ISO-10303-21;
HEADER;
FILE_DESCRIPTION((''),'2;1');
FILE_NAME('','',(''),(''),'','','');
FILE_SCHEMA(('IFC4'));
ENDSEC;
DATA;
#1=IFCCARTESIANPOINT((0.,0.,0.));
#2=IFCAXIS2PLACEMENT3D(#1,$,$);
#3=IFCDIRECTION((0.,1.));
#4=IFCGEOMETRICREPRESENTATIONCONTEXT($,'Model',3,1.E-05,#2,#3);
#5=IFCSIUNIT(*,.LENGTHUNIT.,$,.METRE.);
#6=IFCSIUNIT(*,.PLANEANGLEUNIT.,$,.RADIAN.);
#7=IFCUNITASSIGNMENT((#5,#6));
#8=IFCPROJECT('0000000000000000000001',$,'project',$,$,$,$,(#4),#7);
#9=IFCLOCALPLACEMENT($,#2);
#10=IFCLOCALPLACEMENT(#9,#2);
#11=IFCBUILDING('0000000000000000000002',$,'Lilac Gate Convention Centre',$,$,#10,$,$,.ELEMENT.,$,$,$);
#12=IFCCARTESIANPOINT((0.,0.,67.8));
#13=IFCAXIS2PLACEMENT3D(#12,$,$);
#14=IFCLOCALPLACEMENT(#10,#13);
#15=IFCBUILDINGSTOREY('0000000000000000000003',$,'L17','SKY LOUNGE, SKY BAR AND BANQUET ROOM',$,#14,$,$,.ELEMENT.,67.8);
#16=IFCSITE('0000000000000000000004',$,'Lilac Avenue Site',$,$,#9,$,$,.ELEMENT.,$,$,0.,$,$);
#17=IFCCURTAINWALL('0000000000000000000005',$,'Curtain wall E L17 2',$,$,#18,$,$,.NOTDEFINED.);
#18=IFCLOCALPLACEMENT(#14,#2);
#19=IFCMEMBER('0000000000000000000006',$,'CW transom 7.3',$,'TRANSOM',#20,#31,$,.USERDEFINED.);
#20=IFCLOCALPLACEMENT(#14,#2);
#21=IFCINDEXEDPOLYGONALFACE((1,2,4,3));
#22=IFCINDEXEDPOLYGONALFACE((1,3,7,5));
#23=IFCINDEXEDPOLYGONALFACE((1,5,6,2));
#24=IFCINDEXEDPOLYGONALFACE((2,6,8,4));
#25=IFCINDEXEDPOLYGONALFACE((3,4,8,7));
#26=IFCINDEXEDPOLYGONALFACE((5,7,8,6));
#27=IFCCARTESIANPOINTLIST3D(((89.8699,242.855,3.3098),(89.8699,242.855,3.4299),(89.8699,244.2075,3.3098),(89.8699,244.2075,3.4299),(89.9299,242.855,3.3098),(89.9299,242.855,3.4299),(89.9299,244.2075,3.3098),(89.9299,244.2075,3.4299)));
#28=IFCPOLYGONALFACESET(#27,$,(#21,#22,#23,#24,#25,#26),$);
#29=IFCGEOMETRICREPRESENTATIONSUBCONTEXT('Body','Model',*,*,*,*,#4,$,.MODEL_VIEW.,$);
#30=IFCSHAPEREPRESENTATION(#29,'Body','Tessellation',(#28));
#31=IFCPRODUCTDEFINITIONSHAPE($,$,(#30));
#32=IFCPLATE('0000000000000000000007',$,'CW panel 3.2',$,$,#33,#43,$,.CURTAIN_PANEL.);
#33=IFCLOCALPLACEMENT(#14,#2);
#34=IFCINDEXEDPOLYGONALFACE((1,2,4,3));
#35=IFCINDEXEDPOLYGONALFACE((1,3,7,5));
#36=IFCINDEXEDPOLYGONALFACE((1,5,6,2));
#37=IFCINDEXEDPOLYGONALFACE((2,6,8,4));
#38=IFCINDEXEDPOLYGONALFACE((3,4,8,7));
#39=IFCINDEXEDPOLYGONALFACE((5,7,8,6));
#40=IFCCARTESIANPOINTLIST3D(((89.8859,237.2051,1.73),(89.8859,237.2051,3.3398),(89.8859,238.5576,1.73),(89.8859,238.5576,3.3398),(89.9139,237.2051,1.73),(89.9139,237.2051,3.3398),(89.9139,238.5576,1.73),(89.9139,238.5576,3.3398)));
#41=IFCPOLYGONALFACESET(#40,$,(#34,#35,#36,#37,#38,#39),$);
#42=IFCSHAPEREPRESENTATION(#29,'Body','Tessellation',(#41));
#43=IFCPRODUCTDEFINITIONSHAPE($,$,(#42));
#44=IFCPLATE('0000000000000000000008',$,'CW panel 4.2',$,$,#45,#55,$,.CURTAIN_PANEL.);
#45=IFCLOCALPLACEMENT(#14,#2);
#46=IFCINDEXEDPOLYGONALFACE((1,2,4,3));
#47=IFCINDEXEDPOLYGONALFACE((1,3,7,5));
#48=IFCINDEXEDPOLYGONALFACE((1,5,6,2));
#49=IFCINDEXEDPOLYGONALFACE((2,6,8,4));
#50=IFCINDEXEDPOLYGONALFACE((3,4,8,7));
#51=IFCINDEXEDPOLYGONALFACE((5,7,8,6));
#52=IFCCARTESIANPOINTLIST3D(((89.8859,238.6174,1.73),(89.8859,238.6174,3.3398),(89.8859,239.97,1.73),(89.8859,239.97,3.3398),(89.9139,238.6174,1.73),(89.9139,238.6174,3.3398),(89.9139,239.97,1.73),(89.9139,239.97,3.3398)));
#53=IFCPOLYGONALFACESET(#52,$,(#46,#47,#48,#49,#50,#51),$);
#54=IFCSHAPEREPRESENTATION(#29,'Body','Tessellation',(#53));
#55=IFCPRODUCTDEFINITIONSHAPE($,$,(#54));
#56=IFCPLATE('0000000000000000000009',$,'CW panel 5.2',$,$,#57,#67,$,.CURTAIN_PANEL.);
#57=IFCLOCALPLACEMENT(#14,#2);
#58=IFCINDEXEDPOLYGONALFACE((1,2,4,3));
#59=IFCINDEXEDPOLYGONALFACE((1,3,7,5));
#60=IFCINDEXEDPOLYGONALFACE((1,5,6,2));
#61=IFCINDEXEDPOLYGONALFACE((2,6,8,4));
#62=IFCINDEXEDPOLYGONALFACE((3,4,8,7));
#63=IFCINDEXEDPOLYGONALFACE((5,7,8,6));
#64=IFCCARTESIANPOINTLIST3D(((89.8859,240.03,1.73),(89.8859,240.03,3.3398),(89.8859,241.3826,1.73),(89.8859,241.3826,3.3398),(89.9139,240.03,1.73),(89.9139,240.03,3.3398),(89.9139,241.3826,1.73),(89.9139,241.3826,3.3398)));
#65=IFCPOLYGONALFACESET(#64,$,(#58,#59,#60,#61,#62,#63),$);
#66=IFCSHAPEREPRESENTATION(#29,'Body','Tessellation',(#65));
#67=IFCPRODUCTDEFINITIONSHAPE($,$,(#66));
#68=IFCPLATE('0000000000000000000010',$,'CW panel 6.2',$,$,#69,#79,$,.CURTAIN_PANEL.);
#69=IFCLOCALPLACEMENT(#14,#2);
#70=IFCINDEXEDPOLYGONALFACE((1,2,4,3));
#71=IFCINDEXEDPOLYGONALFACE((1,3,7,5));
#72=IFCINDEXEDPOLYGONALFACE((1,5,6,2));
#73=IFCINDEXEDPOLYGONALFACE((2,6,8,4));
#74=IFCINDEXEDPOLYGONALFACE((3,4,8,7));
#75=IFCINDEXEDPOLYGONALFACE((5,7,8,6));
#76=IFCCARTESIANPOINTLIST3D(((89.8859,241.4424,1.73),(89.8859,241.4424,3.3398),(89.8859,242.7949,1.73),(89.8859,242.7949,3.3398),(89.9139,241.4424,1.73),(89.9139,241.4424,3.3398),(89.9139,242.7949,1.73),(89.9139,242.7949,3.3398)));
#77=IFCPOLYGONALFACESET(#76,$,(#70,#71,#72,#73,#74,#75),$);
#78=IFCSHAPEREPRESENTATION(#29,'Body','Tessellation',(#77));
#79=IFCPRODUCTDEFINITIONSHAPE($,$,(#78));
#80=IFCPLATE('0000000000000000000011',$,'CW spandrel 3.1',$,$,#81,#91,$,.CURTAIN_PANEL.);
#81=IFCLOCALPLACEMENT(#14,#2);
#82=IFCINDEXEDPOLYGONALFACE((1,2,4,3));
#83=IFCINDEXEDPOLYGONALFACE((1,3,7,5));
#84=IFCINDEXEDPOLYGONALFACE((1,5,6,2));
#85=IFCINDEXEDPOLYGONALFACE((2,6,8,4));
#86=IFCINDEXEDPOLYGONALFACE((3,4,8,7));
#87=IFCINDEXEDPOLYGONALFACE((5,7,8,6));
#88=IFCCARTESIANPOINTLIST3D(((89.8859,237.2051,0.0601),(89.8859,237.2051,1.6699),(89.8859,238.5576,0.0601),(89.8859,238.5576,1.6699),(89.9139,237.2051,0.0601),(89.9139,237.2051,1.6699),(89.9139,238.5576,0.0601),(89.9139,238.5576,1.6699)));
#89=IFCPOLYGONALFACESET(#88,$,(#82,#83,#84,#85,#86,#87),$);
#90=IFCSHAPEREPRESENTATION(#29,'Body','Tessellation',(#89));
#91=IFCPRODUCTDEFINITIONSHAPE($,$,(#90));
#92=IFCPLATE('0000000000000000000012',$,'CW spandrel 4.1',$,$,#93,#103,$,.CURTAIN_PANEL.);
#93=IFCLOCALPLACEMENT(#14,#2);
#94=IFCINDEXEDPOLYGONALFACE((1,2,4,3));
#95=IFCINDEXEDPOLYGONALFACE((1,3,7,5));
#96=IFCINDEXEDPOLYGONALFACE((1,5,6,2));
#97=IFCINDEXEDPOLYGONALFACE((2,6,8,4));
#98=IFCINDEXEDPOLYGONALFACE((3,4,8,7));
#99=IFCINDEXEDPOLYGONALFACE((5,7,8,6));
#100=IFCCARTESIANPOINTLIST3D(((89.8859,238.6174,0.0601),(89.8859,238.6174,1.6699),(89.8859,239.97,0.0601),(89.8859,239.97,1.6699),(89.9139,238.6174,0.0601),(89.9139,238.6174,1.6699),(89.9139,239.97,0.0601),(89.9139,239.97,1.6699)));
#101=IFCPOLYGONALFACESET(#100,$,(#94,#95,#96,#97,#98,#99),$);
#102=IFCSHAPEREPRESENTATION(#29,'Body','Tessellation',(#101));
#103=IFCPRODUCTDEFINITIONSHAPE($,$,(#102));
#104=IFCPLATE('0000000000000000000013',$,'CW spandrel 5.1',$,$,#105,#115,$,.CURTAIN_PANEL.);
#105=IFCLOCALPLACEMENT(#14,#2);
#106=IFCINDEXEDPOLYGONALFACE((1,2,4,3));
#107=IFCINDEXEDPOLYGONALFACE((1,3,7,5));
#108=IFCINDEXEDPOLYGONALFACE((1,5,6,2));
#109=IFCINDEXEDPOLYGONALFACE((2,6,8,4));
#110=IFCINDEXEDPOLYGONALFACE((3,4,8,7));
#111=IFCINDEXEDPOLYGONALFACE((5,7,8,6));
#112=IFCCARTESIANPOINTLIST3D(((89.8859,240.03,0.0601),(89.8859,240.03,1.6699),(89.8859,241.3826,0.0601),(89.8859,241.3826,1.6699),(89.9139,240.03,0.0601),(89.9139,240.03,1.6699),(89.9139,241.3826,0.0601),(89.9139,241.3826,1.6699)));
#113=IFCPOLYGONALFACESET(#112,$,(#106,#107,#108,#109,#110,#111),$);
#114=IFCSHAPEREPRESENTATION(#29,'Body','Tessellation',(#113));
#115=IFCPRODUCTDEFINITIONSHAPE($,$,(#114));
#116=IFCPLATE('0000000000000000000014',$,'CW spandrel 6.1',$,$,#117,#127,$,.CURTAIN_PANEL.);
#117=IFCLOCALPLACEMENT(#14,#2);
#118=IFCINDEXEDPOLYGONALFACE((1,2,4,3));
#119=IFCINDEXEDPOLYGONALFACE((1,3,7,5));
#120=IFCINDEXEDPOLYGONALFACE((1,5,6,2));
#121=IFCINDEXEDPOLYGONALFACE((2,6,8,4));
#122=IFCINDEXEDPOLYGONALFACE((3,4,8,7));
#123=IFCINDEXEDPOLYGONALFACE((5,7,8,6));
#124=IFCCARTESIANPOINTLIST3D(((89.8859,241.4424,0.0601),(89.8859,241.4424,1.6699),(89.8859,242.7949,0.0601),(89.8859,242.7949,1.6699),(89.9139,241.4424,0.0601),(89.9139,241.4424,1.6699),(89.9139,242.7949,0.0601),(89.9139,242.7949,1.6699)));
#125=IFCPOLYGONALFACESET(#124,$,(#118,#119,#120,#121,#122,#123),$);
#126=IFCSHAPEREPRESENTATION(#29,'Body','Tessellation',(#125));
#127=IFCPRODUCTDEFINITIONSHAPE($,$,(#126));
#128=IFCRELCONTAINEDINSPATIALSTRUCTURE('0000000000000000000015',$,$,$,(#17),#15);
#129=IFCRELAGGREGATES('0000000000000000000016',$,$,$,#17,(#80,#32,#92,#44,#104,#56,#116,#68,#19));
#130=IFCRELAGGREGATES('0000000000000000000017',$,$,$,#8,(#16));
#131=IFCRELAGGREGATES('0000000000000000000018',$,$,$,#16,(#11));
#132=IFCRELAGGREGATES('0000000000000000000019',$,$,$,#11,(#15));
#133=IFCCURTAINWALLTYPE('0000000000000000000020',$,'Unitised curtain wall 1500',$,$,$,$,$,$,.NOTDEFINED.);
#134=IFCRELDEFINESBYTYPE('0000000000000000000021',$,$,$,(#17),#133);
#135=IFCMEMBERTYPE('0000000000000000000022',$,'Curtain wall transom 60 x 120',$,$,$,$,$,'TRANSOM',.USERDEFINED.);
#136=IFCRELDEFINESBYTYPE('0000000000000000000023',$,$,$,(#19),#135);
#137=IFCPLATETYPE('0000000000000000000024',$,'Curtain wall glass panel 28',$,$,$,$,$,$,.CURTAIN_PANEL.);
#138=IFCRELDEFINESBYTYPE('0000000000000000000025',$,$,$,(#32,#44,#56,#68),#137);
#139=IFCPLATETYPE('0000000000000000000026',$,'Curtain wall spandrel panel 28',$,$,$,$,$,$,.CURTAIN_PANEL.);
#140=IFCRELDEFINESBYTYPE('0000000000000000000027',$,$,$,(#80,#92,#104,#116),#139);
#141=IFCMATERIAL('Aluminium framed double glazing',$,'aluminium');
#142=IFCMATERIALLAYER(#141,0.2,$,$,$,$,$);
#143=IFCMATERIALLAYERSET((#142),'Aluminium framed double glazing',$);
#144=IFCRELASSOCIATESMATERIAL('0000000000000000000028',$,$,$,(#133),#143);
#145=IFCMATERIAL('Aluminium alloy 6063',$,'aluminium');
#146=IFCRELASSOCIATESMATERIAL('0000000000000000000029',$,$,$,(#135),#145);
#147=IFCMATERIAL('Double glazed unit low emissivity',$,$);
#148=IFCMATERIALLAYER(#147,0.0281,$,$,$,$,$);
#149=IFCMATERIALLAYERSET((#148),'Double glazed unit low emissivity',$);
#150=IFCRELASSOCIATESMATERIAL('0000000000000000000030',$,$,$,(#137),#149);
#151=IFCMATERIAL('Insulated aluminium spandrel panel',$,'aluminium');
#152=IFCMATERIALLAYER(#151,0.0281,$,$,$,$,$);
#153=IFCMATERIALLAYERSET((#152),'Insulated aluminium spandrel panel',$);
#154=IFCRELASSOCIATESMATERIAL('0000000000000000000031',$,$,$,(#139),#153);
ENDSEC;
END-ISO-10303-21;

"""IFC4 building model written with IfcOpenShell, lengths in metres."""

from ifc_helpers import new_model, si_unit, direction, frame, origin, origin_2d, place, context, subcontext, project, spatial, rectangle, extrude, material, layer, layer_set, material_profile, profile_set, type_object, element, aggregate, save


model = new_model("IFC4")

# Units and contexts
model_context = context("Model", 3, precision=1e-05, world=origin(), true_north=direction((0.0, 1.0)))
body_context = subcontext(model_context, "Body", "Model", "MODEL_VIEW")
ifc_project = project(units=[si_unit("LENGTHUNIT", "METRE"), si_unit("PLANEANGLEUNIT", "RADIAN")], contexts=[model_context])

# Site, building, storey
site_placement = place(None, origin())
site = spatial("IfcSite", under=ifc_project, at=site_placement, Name="Lilac Avenue Site", CompositionType="ELEMENT", RefElevation=0.0)
building_placement = place(site_placement, origin())
building = spatial("IfcBuilding", under=site, at=building_placement, Name="Lilac Gate Convention Centre", CompositionType="ELEMENT")
storey_placement = place(building_placement, frame((0.0, 0.0, 67.8)))
storey = spatial("IfcBuildingStorey", under=building, at=storey_placement, Name="L17", Description="SKY LOUNGE, SKY BAR AND BANQUET ROOM", CompositionType="ELEMENT", Elevation=67.8)

# Curtain wall, member, plates
ifc_material_1 = material(Name="Aluminium framed double glazing", Category="aluminium")
ifc_layer_1 = layer(ifc_material_1, 0.2)
ifc_layer_set_1 = layer_set([ifc_layer_1], Name="Aluminium framed double glazing")
curtain_wall_type = type_object("IfcCurtainWallType", Name="Unitised curtain wall 1500", PredefinedType="NOTDEFINED", material=ifc_layer_set_1)
curtain_wall_placement = place(storey_placement, origin())
curtain_wall = element("IfcCurtainWall", 1, at=curtain_wall_placement, inside=storey, type_object=curtain_wall_type, Name="Curtain wall E L17 2", PredefinedType="NOTDEFINED")
ifc_material_2 = material(Name="Aluminium alloy 6063", Category="aluminium")
ifc_material_profile_1 = material_profile(ifc_material_2, rectangle(XDim=0.0601, YDim=0.1201, at=origin_2d()), Name="Curtain wall transom 60 x 120")
ifc_profile_set_1 = profile_set([ifc_material_profile_1], Name="Aluminium alloy 6063")
member_type_1 = type_object("IfcMemberType", Name="Curtain wall transom 60 x 120", ElementType="TRANSOM", PredefinedType="USERDEFINED", material=ifc_profile_set_1)
member_1_placement = place(storey_placement, frame((89.8999, 242.855, 3.3699), z_axis=(0.0, 1.0, 0.0), x_axis=(-1.0, 0.0, 0.0)))
member_1 = element("IfcMember", 2, at=member_1_placement, type_object=member_type_1, Name="CW transom 7.3", ObjectType="TRANSOM", PredefinedType="USERDEFINED", context=body_context, shape_type="SweptSolid", body=[
    extrude(rectangle(XDim=0.0601, YDim=0.1201, at=origin_2d()), origin(), (0.0, 0.0, 1.0), 1.3525),
])
ifc_material_3 = material(Name="Double glazed unit low emissivity")
ifc_layer_2 = layer(ifc_material_3, 0.0281)
ifc_layer_set_2 = layer_set([ifc_layer_2], Name="Double glazed unit low emissivity")
plate_type_1 = type_object("IfcPlateType", Name="Curtain wall glass panel 28", PredefinedType="CURTAIN_PANEL", material=ifc_layer_set_2)
plate_1_placement = place(storey_placement, frame((89.8999, 237.8813, 1.73), z_axis=(0.0, 0.0, 1.0), x_axis=(0.0, 1.0, 0.0)))
plate_1 = element("IfcPlate", 3, at=plate_1_placement, type_object=plate_type_1, Name="CW panel 3.2", PredefinedType="CURTAIN_PANEL", context=body_context, shape_type="SweptSolid", body=[
    extrude(rectangle(XDim=1.3525, YDim=0.0281, at=origin_2d()), origin(), (0.0, 0.0, 1.0), 1.6099),
])
plate_2_placement = place(storey_placement, frame((89.8999, 239.2937, 1.73), z_axis=(0.0, 0.0, 1.0), x_axis=(0.0, 1.0, 0.0)))
plate_2 = element("IfcPlate", 4, at=plate_2_placement, type_object=plate_type_1, Name="CW panel 4.2", PredefinedType="CURTAIN_PANEL", context=body_context, shape_type="SweptSolid", body=[
    extrude(rectangle(XDim=1.3525, YDim=0.0281, at=origin_2d()), origin(), (0.0, 0.0, 1.0), 1.6099),
])
plate_3_placement = place(storey_placement, frame((89.8999, 240.7063, 1.73), z_axis=(0.0, 0.0, 1.0), x_axis=(0.0, 1.0, 0.0)))
plate_3 = element("IfcPlate", 5, at=plate_3_placement, type_object=plate_type_1, Name="CW panel 5.2", PredefinedType="CURTAIN_PANEL", context=body_context, shape_type="SweptSolid", body=[
    extrude(rectangle(XDim=1.3525, YDim=0.0281, at=origin_2d()), origin(), (0.0, 0.0, 1.0), 1.6099),
])
plate_4_placement = place(storey_placement, frame((89.8999, 242.1187, 1.73), z_axis=(0.0, 0.0, 1.0), x_axis=(0.0, 1.0, 0.0)))
plate_4 = element("IfcPlate", 6, at=plate_4_placement, type_object=plate_type_1, Name="CW panel 6.2", PredefinedType="CURTAIN_PANEL", context=body_context, shape_type="SweptSolid", body=[
    extrude(rectangle(XDim=1.3525, YDim=0.0281, at=origin_2d()), origin(), (0.0, 0.0, 1.0), 1.6099),
])
ifc_material_4 = material(Name="Insulated aluminium spandrel panel", Category="aluminium")
ifc_layer_3 = layer(ifc_material_4, 0.0281)
ifc_layer_set_3 = layer_set([ifc_layer_3], Name="Insulated aluminium spandrel panel")
plate_type_2 = type_object("IfcPlateType", Name="Curtain wall spandrel panel 28", PredefinedType="CURTAIN_PANEL", material=ifc_layer_set_3)
plate_5_placement = place(storey_placement, frame((89.8999, 237.8813, 0.0601), z_axis=(0.0, 0.0, 1.0), x_axis=(0.0, 1.0, 0.0)))
plate_5 = element("IfcPlate", 7, at=plate_5_placement, type_object=plate_type_2, Name="CW spandrel 3.1", PredefinedType="CURTAIN_PANEL", context=body_context, shape_type="SweptSolid", body=[
    extrude(rectangle(XDim=1.3525, YDim=0.0281, at=origin_2d()), origin(), (0.0, 0.0, 1.0), 1.6099),
])
plate_6_placement = place(storey_placement, frame((89.8999, 239.2937, 0.0601), z_axis=(0.0, 0.0, 1.0), x_axis=(0.0, 1.0, 0.0)))
plate_6 = element("IfcPlate", 8, at=plate_6_placement, type_object=plate_type_2, Name="CW spandrel 4.1", PredefinedType="CURTAIN_PANEL", context=body_context, shape_type="SweptSolid", body=[
    extrude(rectangle(XDim=1.3525, YDim=0.0281, at=origin_2d()), origin(), (0.0, 0.0, 1.0), 1.6099),
])
plate_7_placement = place(storey_placement, frame((89.8999, 240.7063, 0.0601), z_axis=(0.0, 0.0, 1.0), x_axis=(0.0, 1.0, 0.0)))
plate_7 = element("IfcPlate", 9, at=plate_7_placement, type_object=plate_type_2, Name="CW spandrel 5.1", PredefinedType="CURTAIN_PANEL", context=body_context, shape_type="SweptSolid", body=[
    extrude(rectangle(XDim=1.3525, YDim=0.0281, at=origin_2d()), origin(), (0.0, 0.0, 1.0), 1.6099),
])
plate_8_placement = place(storey_placement, frame((89.8999, 242.1187, 0.0601), z_axis=(0.0, 0.0, 1.0), x_axis=(0.0, 1.0, 0.0)))
plate_8 = element("IfcPlate", 10, at=plate_8_placement, type_object=plate_type_2, Name="CW spandrel 6.1", PredefinedType="CURTAIN_PANEL", context=body_context, shape_type="SweptSolid", body=[
    extrude(rectangle(XDim=1.3525, YDim=0.0281, at=origin_2d()), origin(), (0.0, 0.0, 1.0), 1.6099),
])
aggregate(curtain_wall, [plate_5, plate_1, plate_6, plate_2, plate_7, plate_3, plate_8, plate_4, member_1])

save(model, "model.ifc")
